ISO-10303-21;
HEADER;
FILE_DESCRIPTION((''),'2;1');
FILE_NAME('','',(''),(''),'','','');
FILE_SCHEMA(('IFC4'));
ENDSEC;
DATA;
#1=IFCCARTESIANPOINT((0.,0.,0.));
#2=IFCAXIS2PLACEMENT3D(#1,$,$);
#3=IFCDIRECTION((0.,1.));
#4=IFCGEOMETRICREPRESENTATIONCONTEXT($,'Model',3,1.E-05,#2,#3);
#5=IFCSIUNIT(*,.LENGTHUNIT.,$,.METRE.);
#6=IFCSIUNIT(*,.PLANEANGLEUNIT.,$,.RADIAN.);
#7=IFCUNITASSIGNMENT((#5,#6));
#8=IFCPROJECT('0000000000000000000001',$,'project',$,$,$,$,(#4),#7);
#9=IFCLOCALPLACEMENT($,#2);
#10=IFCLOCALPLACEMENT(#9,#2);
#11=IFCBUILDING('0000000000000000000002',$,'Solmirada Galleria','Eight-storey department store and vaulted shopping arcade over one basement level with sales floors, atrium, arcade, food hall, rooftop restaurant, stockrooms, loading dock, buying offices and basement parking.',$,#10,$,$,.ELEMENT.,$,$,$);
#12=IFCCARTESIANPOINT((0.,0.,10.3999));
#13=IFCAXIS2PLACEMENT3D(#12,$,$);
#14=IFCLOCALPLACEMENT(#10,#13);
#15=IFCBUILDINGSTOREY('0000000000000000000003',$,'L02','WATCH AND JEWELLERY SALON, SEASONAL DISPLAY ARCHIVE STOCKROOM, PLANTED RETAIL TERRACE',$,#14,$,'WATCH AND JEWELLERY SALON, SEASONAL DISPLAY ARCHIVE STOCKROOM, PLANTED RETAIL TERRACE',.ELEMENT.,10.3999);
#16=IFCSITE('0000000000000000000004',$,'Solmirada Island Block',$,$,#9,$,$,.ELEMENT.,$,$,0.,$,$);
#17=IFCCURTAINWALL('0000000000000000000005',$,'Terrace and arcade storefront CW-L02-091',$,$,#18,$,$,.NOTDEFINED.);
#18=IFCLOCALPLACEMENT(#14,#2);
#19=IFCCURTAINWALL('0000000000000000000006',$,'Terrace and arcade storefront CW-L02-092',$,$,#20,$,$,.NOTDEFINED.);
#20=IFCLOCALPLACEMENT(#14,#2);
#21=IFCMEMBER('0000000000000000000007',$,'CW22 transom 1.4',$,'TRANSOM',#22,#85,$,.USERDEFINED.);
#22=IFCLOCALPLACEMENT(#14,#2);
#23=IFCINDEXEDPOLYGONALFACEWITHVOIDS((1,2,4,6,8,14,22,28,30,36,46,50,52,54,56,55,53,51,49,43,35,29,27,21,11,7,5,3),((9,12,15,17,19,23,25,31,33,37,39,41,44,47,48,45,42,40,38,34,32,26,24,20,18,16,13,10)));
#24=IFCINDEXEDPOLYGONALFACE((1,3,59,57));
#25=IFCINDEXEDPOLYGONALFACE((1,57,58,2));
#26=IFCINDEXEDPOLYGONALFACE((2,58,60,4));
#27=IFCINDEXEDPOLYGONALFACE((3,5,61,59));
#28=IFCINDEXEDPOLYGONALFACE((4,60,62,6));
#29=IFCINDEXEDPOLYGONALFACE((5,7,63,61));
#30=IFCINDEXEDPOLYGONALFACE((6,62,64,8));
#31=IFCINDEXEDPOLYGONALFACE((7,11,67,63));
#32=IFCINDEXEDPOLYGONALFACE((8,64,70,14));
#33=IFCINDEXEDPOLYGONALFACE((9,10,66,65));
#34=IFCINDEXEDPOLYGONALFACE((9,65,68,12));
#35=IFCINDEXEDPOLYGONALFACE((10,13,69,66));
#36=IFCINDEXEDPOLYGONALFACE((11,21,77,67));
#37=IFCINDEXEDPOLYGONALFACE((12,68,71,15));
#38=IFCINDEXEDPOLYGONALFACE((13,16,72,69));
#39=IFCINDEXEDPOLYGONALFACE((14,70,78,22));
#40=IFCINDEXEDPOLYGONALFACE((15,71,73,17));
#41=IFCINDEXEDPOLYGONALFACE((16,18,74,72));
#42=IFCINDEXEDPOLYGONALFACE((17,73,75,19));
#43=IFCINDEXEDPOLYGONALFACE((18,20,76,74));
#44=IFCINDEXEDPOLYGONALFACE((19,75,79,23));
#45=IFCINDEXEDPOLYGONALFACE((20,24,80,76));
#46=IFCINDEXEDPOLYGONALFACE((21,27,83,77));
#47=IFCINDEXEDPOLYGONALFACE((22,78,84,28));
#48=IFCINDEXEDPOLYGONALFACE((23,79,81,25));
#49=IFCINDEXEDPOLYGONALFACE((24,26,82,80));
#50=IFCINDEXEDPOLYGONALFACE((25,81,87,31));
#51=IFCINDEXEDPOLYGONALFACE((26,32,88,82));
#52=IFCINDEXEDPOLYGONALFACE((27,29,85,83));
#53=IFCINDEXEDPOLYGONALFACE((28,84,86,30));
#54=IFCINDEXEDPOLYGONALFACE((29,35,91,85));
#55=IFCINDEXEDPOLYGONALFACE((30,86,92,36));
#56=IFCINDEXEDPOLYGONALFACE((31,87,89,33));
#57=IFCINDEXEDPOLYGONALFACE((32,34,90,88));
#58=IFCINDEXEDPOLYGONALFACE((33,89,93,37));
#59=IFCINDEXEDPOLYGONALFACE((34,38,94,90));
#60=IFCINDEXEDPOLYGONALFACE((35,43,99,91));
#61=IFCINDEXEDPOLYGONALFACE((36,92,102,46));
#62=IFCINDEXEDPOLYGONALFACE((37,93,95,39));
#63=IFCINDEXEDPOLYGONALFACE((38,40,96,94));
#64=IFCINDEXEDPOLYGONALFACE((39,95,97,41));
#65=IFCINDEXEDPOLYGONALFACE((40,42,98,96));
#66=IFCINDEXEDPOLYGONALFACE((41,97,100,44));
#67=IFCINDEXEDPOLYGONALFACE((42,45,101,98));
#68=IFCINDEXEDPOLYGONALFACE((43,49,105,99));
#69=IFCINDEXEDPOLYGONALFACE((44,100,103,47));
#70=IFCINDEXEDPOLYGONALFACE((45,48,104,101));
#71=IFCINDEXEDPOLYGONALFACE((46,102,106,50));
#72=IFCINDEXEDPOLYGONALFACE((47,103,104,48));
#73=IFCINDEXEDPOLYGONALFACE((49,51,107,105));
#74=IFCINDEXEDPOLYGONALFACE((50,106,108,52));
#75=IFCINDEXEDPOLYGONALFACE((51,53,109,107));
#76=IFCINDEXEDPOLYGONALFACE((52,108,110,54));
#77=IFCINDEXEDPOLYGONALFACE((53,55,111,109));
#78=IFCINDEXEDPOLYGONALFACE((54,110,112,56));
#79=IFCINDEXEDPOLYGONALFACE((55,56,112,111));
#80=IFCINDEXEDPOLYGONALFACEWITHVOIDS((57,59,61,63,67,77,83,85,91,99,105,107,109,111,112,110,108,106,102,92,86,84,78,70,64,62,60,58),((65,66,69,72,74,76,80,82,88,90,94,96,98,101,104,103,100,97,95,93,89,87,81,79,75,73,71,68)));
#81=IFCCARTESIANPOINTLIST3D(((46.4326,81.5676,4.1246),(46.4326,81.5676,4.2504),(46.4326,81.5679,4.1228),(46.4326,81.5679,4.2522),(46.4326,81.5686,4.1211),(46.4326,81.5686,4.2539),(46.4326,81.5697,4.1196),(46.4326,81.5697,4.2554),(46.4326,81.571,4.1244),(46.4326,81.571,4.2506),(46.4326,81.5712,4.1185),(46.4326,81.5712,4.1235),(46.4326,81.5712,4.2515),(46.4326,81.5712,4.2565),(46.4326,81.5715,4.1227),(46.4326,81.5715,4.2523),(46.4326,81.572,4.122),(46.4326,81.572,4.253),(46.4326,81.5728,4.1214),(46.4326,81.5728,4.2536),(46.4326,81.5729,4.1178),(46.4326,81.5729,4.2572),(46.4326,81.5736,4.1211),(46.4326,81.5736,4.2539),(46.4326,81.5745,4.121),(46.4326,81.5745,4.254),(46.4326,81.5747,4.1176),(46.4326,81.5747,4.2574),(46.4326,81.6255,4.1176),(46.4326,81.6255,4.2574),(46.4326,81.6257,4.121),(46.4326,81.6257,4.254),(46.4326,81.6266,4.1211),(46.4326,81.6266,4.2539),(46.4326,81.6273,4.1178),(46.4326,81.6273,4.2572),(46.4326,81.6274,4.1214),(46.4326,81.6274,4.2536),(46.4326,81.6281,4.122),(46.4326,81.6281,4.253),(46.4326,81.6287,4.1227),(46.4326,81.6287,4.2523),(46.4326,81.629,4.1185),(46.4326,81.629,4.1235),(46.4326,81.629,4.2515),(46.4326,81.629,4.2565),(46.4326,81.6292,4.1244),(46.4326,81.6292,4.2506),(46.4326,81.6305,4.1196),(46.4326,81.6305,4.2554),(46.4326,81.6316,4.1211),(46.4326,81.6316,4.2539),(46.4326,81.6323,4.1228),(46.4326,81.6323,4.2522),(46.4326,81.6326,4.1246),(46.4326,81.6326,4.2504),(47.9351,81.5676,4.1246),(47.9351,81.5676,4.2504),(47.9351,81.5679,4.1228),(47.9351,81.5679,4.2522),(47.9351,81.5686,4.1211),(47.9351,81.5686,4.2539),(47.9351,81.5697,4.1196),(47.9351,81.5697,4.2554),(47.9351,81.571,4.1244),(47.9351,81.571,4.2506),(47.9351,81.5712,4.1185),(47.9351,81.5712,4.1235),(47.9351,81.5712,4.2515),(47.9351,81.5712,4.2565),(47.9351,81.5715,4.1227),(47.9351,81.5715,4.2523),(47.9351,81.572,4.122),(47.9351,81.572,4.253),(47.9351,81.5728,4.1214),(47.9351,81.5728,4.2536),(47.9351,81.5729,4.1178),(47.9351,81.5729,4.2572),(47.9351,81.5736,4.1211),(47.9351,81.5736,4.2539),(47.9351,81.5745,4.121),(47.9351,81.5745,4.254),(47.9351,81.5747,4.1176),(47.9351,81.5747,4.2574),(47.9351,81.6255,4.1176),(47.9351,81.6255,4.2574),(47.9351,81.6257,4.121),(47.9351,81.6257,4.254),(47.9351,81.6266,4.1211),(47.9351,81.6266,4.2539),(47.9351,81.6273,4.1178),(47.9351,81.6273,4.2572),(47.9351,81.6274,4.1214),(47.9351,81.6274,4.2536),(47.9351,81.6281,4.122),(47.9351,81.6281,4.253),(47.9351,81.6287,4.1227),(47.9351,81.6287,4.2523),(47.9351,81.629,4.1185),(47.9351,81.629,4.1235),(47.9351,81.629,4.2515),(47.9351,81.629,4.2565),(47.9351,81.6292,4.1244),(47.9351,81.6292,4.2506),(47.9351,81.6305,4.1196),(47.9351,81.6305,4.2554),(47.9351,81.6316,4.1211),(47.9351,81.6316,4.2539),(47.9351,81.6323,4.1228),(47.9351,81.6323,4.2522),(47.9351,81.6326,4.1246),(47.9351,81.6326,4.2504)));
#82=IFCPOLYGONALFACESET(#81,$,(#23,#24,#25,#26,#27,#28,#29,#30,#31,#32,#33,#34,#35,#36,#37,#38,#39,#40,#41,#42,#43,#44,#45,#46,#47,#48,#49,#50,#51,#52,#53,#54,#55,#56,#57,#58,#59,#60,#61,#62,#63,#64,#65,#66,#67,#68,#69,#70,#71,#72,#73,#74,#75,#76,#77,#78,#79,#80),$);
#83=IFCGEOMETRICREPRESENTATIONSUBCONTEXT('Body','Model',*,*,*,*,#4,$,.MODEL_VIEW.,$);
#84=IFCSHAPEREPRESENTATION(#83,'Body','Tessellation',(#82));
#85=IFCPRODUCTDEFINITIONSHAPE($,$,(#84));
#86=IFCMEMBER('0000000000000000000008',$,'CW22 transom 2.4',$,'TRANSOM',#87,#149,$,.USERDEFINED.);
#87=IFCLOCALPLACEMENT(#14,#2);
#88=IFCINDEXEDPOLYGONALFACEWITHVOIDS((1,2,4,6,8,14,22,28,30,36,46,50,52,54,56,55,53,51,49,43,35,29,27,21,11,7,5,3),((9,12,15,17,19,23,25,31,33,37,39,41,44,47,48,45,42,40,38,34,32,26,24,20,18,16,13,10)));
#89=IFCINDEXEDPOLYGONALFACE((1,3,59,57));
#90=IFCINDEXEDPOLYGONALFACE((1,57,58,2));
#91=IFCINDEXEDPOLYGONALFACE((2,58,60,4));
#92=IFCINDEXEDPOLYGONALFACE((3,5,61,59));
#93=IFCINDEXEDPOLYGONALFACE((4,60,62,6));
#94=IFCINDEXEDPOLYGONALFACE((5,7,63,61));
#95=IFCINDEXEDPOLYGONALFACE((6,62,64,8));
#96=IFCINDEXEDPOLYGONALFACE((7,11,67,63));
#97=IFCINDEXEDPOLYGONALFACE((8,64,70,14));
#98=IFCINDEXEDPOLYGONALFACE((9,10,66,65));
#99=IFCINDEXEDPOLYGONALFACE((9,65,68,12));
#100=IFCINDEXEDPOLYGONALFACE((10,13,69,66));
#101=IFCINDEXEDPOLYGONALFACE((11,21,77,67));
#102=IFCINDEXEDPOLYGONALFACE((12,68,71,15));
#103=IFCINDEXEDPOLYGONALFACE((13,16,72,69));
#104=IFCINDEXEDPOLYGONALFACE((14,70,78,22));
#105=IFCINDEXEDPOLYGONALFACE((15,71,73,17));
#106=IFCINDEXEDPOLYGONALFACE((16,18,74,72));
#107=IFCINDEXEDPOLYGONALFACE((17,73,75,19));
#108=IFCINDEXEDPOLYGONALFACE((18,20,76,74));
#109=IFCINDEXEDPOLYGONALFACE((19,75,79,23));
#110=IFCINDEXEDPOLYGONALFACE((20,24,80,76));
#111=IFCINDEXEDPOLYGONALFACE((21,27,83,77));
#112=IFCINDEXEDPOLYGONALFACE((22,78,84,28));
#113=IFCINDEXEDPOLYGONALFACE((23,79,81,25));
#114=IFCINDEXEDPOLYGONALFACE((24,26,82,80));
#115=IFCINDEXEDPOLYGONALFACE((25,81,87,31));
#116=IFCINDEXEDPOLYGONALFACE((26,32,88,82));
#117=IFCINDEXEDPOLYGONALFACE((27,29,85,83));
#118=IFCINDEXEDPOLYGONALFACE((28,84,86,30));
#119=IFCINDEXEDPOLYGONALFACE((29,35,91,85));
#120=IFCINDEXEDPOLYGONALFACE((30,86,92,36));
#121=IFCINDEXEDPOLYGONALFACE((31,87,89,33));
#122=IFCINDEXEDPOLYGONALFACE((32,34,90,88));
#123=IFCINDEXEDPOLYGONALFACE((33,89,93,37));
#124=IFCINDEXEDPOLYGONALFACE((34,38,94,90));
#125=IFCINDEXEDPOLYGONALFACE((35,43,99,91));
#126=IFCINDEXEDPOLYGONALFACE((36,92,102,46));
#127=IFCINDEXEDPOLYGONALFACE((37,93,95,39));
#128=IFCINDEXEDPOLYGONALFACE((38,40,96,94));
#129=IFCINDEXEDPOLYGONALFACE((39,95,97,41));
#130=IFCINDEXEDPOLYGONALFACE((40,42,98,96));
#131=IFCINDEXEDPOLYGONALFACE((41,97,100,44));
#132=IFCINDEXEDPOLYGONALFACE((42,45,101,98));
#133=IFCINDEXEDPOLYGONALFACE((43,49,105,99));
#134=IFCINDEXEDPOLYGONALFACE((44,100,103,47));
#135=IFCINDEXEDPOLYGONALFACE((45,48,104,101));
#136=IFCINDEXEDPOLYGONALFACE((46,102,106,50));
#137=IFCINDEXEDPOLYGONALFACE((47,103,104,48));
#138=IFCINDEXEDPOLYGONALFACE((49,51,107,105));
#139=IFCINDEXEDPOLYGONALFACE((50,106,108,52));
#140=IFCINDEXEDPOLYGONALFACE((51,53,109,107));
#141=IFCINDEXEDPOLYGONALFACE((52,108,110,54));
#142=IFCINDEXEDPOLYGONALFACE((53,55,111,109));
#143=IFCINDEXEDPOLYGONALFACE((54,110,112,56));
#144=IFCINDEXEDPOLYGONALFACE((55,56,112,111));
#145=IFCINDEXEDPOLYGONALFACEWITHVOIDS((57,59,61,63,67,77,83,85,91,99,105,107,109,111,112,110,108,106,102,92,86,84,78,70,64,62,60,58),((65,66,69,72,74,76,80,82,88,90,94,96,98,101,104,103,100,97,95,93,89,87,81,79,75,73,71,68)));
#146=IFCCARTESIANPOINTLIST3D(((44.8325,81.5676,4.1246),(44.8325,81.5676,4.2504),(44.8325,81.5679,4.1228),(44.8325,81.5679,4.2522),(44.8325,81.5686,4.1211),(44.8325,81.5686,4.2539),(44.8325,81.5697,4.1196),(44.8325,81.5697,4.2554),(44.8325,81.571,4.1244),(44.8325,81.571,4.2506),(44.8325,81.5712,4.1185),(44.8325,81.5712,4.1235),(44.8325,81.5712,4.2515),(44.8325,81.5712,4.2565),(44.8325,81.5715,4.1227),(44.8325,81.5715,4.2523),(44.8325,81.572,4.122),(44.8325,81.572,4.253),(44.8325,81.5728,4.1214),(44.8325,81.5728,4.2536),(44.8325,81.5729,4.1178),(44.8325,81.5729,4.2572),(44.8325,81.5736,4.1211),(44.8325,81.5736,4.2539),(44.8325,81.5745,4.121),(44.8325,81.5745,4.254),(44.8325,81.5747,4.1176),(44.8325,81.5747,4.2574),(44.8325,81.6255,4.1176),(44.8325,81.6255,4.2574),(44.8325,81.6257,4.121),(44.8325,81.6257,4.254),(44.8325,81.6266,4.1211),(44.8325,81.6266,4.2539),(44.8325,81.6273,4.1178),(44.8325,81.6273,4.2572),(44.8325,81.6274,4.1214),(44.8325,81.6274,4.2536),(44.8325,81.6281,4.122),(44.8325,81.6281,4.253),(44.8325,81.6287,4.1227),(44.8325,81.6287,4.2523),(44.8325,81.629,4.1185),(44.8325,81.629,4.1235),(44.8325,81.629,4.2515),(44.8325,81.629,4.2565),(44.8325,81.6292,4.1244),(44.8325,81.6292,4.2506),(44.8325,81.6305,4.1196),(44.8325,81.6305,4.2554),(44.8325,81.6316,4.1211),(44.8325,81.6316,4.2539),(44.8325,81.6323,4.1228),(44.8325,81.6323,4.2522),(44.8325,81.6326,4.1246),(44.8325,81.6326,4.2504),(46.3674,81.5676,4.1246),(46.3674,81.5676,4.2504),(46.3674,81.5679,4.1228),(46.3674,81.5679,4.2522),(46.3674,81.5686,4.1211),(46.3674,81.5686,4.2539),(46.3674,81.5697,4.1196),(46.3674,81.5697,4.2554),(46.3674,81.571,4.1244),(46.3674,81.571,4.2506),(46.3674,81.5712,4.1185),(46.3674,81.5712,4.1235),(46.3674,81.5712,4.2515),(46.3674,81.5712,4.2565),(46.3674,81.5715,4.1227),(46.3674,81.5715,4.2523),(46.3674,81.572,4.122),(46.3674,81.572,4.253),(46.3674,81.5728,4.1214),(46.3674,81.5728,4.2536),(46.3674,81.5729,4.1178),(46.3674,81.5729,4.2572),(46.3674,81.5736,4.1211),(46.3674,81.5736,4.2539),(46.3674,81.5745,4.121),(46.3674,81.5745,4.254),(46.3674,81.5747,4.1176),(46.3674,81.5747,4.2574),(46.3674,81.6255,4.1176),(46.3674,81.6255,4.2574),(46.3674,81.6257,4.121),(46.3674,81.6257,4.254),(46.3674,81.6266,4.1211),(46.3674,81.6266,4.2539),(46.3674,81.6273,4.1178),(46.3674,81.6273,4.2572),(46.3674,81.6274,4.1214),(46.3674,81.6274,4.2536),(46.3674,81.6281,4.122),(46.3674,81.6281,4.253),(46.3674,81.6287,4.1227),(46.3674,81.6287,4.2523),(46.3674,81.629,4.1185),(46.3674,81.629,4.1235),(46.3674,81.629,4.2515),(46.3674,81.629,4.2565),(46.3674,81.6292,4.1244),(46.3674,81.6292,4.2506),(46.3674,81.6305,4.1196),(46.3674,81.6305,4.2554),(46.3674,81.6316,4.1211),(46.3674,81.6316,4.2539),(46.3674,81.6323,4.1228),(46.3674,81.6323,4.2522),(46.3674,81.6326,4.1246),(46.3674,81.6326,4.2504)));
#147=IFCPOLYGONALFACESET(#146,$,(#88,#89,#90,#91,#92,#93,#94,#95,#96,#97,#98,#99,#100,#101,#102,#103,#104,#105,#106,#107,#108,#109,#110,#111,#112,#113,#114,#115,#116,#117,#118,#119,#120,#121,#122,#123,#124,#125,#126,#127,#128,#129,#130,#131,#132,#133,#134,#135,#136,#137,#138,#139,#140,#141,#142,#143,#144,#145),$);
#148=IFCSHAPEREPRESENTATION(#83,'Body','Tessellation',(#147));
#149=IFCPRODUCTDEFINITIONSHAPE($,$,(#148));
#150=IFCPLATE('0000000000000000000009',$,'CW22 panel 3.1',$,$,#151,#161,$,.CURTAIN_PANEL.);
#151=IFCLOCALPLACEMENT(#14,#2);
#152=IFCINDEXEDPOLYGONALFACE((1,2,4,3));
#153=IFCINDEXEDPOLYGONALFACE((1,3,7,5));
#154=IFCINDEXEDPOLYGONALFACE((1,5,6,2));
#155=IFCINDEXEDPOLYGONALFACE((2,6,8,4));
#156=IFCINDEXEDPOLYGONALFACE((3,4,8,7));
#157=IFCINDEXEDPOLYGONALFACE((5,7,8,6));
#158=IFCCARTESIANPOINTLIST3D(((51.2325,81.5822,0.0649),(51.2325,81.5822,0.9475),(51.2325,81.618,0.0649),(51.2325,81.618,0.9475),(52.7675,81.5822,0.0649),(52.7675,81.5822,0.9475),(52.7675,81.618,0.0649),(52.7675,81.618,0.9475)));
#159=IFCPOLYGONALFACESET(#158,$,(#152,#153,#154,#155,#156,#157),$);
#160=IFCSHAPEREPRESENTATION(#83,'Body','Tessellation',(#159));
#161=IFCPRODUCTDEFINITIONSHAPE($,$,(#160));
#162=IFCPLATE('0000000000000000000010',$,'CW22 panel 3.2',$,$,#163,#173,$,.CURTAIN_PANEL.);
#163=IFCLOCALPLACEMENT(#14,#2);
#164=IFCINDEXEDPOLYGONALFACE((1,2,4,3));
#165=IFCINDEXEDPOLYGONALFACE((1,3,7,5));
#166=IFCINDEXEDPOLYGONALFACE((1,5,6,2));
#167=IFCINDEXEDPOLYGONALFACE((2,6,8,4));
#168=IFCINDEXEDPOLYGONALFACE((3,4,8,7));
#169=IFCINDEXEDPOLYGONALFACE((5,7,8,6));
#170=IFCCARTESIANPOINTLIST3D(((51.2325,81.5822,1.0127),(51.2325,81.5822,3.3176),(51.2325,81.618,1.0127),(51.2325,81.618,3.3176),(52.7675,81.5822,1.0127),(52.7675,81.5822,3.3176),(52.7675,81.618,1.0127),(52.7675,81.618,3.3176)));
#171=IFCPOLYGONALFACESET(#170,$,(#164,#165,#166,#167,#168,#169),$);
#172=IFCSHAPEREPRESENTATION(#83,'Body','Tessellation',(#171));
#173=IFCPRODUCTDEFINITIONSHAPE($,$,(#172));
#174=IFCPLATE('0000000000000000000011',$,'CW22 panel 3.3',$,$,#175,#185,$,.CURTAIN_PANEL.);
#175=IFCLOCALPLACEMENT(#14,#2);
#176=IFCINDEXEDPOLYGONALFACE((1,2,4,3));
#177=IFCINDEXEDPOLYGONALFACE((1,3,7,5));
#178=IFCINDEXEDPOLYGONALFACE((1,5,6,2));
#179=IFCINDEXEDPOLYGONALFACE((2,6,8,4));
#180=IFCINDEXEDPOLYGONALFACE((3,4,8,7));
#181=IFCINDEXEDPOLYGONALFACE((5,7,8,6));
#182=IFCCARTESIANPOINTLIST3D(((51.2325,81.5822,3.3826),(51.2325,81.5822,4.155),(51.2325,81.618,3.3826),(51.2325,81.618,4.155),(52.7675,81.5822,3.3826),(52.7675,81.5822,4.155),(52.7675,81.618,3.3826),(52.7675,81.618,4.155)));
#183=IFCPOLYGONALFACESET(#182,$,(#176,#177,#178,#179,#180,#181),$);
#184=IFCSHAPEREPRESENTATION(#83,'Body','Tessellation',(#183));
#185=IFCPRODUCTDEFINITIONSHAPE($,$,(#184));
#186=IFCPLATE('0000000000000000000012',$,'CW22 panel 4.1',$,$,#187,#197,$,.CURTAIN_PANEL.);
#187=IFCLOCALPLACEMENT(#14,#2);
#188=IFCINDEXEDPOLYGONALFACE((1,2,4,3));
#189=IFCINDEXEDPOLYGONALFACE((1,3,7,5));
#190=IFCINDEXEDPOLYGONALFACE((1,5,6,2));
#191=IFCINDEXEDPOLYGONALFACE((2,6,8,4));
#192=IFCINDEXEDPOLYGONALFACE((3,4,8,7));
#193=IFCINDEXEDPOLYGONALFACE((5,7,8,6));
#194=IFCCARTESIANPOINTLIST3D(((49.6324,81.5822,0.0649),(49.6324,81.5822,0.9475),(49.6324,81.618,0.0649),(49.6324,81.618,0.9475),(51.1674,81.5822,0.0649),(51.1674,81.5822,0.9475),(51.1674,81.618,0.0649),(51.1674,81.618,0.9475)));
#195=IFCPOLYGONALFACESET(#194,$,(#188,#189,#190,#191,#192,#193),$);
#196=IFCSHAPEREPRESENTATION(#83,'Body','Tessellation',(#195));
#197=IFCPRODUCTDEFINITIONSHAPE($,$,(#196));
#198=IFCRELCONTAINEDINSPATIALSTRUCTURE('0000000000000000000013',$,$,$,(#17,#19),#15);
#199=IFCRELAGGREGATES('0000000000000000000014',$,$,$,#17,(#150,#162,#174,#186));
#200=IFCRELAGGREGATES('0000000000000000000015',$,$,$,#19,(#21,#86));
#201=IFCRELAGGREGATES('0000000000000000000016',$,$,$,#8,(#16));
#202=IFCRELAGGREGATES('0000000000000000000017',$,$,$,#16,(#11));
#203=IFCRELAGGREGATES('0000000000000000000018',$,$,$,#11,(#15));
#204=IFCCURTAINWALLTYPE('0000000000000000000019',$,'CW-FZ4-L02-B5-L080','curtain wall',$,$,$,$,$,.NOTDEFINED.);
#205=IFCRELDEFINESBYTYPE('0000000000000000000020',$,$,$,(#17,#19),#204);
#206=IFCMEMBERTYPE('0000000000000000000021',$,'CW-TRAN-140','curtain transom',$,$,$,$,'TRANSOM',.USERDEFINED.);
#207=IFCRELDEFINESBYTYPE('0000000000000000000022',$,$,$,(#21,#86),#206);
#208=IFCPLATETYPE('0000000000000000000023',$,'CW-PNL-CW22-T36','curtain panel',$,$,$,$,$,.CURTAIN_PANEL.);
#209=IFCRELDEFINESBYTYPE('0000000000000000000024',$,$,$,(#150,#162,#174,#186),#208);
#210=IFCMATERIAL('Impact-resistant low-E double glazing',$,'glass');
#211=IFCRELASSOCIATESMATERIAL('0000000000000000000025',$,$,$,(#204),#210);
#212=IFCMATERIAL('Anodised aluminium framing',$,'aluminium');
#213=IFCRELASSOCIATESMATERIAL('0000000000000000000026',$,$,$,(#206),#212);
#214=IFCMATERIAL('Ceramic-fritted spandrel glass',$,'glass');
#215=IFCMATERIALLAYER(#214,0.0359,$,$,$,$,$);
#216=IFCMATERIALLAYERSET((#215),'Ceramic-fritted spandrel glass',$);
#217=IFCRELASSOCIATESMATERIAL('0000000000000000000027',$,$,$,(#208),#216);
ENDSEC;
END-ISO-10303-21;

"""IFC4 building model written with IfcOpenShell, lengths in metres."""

from ifc_helpers import new_model, si_unit, direction, frame, origin, origin_2d, place, context, subcontext, project, spatial, rectangle, hollow_rectangle, extrude, material, layer, layer_set, material_profile, profile_set, type_object, element, aggregate, save


model = new_model("IFC4")

# Units and contexts
model_context = context("Model", 3, precision=1e-05, world=origin(), true_north=direction((0.0, 1.0)))
body_context = subcontext(model_context, "Body", "Model", "MODEL_VIEW")
ifc_project = project(units=[si_unit("LENGTHUNIT", "METRE"), si_unit("PLANEANGLEUNIT", "RADIAN")], contexts=[model_context])

# Site, building, storey
site_placement = place(None, origin())
site = spatial("IfcSite", under=ifc_project, at=site_placement, Name="Solmirada Island Block", CompositionType="ELEMENT", RefElevation=0.0)
building_placement = place(site_placement, origin())
building = spatial("IfcBuilding", under=site, at=building_placement, Name="Solmirada Galleria", Description="Eight-storey department store and vaulted shopping arcade over one basement level with sales floors, atrium, arcade, food hall, rooftop restaurant, stockrooms, loading dock, buying offices and basement parking.", CompositionType="ELEMENT")
storey_placement = place(building_placement, frame((0.0, 0.0, 10.3999)))
storey = spatial("IfcBuildingStorey", under=building, at=storey_placement, Name="L02", Description="WATCH AND JEWELLERY SALON, SEASONAL DISPLAY ARCHIVE STOCKROOM, PLANTED RETAIL TERRACE", LongName="WATCH AND JEWELLERY SALON, SEASONAL DISPLAY ARCHIVE STOCKROOM, PLANTED RETAIL TERRACE", CompositionType="ELEMENT", Elevation=10.3999)

# Curtain walls
ifc_material_1 = material(Name="Impact-resistant low-E double glazing", Category="glass")
curtain_wall_type = type_object("IfcCurtainWallType", Name="CW-FZ4-L02-B5-L080", Description="curtain wall", PredefinedType="NOTDEFINED", material=ifc_material_1)
curtain_wall_1_placement = place(storey_placement, origin())
curtain_wall_1 = element("IfcCurtainWall", 1, at=curtain_wall_1_placement, inside=storey, type_object=curtain_wall_type, Name="Terrace and arcade storefront CW-L02-091", PredefinedType="NOTDEFINED")
ifc_material_2 = material(Name="Anodised aluminium framing", Category="aluminium")
curtain_wall_2_placement = place(storey_placement, origin())
curtain_wall_2 = element("IfcCurtainWall", 2, at=curtain_wall_2_placement, inside=storey, type_object=curtain_wall_type, Name="Terrace and arcade storefront CW-L02-092", PredefinedType="NOTDEFINED")

# Members
ifc_material_profile_1 = material_profile(ifc_material_2, hollow_rectangle(XDim=0.0649, YDim=0.1399, WallThickness=0.0034, InnerFilletRadius=0.0034, OuterFilletRadius=0.0071, at=origin_2d()), Name="ALU-TRAN-140X65")
ifc_profile_set_1 = profile_set([ifc_material_profile_1], Name="Anodised aluminium framing")
member_type_1 = type_object("IfcMemberType", Name="CW-TRAN-140", Description="curtain transom", ElementType="TRANSOM", PredefinedType="USERDEFINED", material=ifc_profile_set_1)
member_1_placement = place(storey_placement, frame((47.9351, 81.6001, 4.1875), z_axis=(-1.0, 0.0, 0.0), x_axis=(0.0, -1.0, 0.0)))
member_1 = element("IfcMember", 3, at=member_1_placement, type_object=member_type_1, Name="CW22 transom 1.4", ObjectType="TRANSOM", PredefinedType="USERDEFINED", context=body_context, shape_type="SweptSolid", body=[
    extrude(hollow_rectangle(XDim=0.0649, YDim=0.1399, WallThickness=0.0034, InnerFilletRadius=0.0034, OuterFilletRadius=0.0071, at=origin_2d()), origin(), (0.0, 0.0, 1.0), 1.5024),
])
member_2_placement = place(storey_placement, frame((46.3674, 81.6001, 4.1875), z_axis=(-1.0, 0.0, 0.0), x_axis=(0.0, -1.0, 0.0)))
member_2 = element("IfcMember", 4, at=member_2_placement, type_object=member_type_1, Name="CW22 transom 2.4", ObjectType="TRANSOM", PredefinedType="USERDEFINED", context=body_context, shape_type="SweptSolid", body=[
    extrude(hollow_rectangle(XDim=0.0649, YDim=0.1399, WallThickness=0.0034, InnerFilletRadius=0.0034, OuterFilletRadius=0.0071, at=origin_2d()), origin(), (0.0, 0.0, 1.0), 1.5349),
])

# Plates
ifc_material_3 = material(Name="Ceramic-fritted spandrel glass", Category="glass")
ifc_layer = layer(ifc_material_3, 0.0359)
ifc_layer_set = layer_set([ifc_layer], Name="Ceramic-fritted spandrel glass")
plate_type = type_object("IfcPlateType", Name="CW-PNL-CW22-T36", Description="curtain panel", PredefinedType="CURTAIN_PANEL", material=ifc_layer_set)
plate_1_placement = place(storey_placement, frame((52.0, 81.6001, 0.0649), z_axis=(0.0, 0.0, 1.0), x_axis=(-1.0, 0.0, 0.0)))
plate_1 = element("IfcPlate", 5, at=plate_1_placement, type_object=plate_type, Name="CW22 panel 3.1", PredefinedType="CURTAIN_PANEL", context=body_context, shape_type="SweptSolid", body=[
    extrude(rectangle(XDim=1.5349, YDim=0.0359, at=origin_2d()), origin(), (0.0, 0.0, 1.0), 0.8826),
])
plate_2_placement = place(storey_placement, frame((52.0, 81.6001, 1.0127), z_axis=(0.0, 0.0, 1.0), x_axis=(-1.0, 0.0, 0.0)))
plate_2 = element("IfcPlate", 6, at=plate_2_placement, type_object=plate_type, Name="CW22 panel 3.2", PredefinedType="CURTAIN_PANEL", context=body_context, shape_type="SweptSolid", body=[
    extrude(rectangle(XDim=1.5349, YDim=0.0359, at=origin_2d()), origin(), (0.0, 0.0, 1.0), 2.3049),
])
plate_3_placement = place(storey_placement, frame((52.0, 81.6001, 3.3826), z_axis=(0.0, 0.0, 1.0), x_axis=(-1.0, 0.0, 0.0)))
plate_3 = element("IfcPlate", 7, at=plate_3_placement, type_object=plate_type, Name="CW22 panel 3.3", PredefinedType="CURTAIN_PANEL", context=body_context, shape_type="SweptSolid", body=[
    extrude(rectangle(XDim=1.5349, YDim=0.0359, at=origin_2d()), origin(), (0.0, 0.0, 1.0), 0.7725),
])
plate_4_placement = place(storey_placement, frame((50.3999, 81.6001, 0.0649), z_axis=(0.0, 0.0, 1.0), x_axis=(-1.0, 0.0, 0.0)))
plate_4 = element("IfcPlate", 8, at=plate_4_placement, type_object=plate_type, Name="CW22 panel 4.1", PredefinedType="CURTAIN_PANEL", context=body_context, shape_type="SweptSolid", body=[
    extrude(rectangle(XDim=1.5349, YDim=0.0359, at=origin_2d()), origin(), (0.0, 0.0, 1.0), 0.8826),
])
aggregate(curtain_wall_1, [plate_1, plate_2, plate_3, plate_4])
aggregate(curtain_wall_2, [member_1, member_2])

save(model, "model.ifc")
